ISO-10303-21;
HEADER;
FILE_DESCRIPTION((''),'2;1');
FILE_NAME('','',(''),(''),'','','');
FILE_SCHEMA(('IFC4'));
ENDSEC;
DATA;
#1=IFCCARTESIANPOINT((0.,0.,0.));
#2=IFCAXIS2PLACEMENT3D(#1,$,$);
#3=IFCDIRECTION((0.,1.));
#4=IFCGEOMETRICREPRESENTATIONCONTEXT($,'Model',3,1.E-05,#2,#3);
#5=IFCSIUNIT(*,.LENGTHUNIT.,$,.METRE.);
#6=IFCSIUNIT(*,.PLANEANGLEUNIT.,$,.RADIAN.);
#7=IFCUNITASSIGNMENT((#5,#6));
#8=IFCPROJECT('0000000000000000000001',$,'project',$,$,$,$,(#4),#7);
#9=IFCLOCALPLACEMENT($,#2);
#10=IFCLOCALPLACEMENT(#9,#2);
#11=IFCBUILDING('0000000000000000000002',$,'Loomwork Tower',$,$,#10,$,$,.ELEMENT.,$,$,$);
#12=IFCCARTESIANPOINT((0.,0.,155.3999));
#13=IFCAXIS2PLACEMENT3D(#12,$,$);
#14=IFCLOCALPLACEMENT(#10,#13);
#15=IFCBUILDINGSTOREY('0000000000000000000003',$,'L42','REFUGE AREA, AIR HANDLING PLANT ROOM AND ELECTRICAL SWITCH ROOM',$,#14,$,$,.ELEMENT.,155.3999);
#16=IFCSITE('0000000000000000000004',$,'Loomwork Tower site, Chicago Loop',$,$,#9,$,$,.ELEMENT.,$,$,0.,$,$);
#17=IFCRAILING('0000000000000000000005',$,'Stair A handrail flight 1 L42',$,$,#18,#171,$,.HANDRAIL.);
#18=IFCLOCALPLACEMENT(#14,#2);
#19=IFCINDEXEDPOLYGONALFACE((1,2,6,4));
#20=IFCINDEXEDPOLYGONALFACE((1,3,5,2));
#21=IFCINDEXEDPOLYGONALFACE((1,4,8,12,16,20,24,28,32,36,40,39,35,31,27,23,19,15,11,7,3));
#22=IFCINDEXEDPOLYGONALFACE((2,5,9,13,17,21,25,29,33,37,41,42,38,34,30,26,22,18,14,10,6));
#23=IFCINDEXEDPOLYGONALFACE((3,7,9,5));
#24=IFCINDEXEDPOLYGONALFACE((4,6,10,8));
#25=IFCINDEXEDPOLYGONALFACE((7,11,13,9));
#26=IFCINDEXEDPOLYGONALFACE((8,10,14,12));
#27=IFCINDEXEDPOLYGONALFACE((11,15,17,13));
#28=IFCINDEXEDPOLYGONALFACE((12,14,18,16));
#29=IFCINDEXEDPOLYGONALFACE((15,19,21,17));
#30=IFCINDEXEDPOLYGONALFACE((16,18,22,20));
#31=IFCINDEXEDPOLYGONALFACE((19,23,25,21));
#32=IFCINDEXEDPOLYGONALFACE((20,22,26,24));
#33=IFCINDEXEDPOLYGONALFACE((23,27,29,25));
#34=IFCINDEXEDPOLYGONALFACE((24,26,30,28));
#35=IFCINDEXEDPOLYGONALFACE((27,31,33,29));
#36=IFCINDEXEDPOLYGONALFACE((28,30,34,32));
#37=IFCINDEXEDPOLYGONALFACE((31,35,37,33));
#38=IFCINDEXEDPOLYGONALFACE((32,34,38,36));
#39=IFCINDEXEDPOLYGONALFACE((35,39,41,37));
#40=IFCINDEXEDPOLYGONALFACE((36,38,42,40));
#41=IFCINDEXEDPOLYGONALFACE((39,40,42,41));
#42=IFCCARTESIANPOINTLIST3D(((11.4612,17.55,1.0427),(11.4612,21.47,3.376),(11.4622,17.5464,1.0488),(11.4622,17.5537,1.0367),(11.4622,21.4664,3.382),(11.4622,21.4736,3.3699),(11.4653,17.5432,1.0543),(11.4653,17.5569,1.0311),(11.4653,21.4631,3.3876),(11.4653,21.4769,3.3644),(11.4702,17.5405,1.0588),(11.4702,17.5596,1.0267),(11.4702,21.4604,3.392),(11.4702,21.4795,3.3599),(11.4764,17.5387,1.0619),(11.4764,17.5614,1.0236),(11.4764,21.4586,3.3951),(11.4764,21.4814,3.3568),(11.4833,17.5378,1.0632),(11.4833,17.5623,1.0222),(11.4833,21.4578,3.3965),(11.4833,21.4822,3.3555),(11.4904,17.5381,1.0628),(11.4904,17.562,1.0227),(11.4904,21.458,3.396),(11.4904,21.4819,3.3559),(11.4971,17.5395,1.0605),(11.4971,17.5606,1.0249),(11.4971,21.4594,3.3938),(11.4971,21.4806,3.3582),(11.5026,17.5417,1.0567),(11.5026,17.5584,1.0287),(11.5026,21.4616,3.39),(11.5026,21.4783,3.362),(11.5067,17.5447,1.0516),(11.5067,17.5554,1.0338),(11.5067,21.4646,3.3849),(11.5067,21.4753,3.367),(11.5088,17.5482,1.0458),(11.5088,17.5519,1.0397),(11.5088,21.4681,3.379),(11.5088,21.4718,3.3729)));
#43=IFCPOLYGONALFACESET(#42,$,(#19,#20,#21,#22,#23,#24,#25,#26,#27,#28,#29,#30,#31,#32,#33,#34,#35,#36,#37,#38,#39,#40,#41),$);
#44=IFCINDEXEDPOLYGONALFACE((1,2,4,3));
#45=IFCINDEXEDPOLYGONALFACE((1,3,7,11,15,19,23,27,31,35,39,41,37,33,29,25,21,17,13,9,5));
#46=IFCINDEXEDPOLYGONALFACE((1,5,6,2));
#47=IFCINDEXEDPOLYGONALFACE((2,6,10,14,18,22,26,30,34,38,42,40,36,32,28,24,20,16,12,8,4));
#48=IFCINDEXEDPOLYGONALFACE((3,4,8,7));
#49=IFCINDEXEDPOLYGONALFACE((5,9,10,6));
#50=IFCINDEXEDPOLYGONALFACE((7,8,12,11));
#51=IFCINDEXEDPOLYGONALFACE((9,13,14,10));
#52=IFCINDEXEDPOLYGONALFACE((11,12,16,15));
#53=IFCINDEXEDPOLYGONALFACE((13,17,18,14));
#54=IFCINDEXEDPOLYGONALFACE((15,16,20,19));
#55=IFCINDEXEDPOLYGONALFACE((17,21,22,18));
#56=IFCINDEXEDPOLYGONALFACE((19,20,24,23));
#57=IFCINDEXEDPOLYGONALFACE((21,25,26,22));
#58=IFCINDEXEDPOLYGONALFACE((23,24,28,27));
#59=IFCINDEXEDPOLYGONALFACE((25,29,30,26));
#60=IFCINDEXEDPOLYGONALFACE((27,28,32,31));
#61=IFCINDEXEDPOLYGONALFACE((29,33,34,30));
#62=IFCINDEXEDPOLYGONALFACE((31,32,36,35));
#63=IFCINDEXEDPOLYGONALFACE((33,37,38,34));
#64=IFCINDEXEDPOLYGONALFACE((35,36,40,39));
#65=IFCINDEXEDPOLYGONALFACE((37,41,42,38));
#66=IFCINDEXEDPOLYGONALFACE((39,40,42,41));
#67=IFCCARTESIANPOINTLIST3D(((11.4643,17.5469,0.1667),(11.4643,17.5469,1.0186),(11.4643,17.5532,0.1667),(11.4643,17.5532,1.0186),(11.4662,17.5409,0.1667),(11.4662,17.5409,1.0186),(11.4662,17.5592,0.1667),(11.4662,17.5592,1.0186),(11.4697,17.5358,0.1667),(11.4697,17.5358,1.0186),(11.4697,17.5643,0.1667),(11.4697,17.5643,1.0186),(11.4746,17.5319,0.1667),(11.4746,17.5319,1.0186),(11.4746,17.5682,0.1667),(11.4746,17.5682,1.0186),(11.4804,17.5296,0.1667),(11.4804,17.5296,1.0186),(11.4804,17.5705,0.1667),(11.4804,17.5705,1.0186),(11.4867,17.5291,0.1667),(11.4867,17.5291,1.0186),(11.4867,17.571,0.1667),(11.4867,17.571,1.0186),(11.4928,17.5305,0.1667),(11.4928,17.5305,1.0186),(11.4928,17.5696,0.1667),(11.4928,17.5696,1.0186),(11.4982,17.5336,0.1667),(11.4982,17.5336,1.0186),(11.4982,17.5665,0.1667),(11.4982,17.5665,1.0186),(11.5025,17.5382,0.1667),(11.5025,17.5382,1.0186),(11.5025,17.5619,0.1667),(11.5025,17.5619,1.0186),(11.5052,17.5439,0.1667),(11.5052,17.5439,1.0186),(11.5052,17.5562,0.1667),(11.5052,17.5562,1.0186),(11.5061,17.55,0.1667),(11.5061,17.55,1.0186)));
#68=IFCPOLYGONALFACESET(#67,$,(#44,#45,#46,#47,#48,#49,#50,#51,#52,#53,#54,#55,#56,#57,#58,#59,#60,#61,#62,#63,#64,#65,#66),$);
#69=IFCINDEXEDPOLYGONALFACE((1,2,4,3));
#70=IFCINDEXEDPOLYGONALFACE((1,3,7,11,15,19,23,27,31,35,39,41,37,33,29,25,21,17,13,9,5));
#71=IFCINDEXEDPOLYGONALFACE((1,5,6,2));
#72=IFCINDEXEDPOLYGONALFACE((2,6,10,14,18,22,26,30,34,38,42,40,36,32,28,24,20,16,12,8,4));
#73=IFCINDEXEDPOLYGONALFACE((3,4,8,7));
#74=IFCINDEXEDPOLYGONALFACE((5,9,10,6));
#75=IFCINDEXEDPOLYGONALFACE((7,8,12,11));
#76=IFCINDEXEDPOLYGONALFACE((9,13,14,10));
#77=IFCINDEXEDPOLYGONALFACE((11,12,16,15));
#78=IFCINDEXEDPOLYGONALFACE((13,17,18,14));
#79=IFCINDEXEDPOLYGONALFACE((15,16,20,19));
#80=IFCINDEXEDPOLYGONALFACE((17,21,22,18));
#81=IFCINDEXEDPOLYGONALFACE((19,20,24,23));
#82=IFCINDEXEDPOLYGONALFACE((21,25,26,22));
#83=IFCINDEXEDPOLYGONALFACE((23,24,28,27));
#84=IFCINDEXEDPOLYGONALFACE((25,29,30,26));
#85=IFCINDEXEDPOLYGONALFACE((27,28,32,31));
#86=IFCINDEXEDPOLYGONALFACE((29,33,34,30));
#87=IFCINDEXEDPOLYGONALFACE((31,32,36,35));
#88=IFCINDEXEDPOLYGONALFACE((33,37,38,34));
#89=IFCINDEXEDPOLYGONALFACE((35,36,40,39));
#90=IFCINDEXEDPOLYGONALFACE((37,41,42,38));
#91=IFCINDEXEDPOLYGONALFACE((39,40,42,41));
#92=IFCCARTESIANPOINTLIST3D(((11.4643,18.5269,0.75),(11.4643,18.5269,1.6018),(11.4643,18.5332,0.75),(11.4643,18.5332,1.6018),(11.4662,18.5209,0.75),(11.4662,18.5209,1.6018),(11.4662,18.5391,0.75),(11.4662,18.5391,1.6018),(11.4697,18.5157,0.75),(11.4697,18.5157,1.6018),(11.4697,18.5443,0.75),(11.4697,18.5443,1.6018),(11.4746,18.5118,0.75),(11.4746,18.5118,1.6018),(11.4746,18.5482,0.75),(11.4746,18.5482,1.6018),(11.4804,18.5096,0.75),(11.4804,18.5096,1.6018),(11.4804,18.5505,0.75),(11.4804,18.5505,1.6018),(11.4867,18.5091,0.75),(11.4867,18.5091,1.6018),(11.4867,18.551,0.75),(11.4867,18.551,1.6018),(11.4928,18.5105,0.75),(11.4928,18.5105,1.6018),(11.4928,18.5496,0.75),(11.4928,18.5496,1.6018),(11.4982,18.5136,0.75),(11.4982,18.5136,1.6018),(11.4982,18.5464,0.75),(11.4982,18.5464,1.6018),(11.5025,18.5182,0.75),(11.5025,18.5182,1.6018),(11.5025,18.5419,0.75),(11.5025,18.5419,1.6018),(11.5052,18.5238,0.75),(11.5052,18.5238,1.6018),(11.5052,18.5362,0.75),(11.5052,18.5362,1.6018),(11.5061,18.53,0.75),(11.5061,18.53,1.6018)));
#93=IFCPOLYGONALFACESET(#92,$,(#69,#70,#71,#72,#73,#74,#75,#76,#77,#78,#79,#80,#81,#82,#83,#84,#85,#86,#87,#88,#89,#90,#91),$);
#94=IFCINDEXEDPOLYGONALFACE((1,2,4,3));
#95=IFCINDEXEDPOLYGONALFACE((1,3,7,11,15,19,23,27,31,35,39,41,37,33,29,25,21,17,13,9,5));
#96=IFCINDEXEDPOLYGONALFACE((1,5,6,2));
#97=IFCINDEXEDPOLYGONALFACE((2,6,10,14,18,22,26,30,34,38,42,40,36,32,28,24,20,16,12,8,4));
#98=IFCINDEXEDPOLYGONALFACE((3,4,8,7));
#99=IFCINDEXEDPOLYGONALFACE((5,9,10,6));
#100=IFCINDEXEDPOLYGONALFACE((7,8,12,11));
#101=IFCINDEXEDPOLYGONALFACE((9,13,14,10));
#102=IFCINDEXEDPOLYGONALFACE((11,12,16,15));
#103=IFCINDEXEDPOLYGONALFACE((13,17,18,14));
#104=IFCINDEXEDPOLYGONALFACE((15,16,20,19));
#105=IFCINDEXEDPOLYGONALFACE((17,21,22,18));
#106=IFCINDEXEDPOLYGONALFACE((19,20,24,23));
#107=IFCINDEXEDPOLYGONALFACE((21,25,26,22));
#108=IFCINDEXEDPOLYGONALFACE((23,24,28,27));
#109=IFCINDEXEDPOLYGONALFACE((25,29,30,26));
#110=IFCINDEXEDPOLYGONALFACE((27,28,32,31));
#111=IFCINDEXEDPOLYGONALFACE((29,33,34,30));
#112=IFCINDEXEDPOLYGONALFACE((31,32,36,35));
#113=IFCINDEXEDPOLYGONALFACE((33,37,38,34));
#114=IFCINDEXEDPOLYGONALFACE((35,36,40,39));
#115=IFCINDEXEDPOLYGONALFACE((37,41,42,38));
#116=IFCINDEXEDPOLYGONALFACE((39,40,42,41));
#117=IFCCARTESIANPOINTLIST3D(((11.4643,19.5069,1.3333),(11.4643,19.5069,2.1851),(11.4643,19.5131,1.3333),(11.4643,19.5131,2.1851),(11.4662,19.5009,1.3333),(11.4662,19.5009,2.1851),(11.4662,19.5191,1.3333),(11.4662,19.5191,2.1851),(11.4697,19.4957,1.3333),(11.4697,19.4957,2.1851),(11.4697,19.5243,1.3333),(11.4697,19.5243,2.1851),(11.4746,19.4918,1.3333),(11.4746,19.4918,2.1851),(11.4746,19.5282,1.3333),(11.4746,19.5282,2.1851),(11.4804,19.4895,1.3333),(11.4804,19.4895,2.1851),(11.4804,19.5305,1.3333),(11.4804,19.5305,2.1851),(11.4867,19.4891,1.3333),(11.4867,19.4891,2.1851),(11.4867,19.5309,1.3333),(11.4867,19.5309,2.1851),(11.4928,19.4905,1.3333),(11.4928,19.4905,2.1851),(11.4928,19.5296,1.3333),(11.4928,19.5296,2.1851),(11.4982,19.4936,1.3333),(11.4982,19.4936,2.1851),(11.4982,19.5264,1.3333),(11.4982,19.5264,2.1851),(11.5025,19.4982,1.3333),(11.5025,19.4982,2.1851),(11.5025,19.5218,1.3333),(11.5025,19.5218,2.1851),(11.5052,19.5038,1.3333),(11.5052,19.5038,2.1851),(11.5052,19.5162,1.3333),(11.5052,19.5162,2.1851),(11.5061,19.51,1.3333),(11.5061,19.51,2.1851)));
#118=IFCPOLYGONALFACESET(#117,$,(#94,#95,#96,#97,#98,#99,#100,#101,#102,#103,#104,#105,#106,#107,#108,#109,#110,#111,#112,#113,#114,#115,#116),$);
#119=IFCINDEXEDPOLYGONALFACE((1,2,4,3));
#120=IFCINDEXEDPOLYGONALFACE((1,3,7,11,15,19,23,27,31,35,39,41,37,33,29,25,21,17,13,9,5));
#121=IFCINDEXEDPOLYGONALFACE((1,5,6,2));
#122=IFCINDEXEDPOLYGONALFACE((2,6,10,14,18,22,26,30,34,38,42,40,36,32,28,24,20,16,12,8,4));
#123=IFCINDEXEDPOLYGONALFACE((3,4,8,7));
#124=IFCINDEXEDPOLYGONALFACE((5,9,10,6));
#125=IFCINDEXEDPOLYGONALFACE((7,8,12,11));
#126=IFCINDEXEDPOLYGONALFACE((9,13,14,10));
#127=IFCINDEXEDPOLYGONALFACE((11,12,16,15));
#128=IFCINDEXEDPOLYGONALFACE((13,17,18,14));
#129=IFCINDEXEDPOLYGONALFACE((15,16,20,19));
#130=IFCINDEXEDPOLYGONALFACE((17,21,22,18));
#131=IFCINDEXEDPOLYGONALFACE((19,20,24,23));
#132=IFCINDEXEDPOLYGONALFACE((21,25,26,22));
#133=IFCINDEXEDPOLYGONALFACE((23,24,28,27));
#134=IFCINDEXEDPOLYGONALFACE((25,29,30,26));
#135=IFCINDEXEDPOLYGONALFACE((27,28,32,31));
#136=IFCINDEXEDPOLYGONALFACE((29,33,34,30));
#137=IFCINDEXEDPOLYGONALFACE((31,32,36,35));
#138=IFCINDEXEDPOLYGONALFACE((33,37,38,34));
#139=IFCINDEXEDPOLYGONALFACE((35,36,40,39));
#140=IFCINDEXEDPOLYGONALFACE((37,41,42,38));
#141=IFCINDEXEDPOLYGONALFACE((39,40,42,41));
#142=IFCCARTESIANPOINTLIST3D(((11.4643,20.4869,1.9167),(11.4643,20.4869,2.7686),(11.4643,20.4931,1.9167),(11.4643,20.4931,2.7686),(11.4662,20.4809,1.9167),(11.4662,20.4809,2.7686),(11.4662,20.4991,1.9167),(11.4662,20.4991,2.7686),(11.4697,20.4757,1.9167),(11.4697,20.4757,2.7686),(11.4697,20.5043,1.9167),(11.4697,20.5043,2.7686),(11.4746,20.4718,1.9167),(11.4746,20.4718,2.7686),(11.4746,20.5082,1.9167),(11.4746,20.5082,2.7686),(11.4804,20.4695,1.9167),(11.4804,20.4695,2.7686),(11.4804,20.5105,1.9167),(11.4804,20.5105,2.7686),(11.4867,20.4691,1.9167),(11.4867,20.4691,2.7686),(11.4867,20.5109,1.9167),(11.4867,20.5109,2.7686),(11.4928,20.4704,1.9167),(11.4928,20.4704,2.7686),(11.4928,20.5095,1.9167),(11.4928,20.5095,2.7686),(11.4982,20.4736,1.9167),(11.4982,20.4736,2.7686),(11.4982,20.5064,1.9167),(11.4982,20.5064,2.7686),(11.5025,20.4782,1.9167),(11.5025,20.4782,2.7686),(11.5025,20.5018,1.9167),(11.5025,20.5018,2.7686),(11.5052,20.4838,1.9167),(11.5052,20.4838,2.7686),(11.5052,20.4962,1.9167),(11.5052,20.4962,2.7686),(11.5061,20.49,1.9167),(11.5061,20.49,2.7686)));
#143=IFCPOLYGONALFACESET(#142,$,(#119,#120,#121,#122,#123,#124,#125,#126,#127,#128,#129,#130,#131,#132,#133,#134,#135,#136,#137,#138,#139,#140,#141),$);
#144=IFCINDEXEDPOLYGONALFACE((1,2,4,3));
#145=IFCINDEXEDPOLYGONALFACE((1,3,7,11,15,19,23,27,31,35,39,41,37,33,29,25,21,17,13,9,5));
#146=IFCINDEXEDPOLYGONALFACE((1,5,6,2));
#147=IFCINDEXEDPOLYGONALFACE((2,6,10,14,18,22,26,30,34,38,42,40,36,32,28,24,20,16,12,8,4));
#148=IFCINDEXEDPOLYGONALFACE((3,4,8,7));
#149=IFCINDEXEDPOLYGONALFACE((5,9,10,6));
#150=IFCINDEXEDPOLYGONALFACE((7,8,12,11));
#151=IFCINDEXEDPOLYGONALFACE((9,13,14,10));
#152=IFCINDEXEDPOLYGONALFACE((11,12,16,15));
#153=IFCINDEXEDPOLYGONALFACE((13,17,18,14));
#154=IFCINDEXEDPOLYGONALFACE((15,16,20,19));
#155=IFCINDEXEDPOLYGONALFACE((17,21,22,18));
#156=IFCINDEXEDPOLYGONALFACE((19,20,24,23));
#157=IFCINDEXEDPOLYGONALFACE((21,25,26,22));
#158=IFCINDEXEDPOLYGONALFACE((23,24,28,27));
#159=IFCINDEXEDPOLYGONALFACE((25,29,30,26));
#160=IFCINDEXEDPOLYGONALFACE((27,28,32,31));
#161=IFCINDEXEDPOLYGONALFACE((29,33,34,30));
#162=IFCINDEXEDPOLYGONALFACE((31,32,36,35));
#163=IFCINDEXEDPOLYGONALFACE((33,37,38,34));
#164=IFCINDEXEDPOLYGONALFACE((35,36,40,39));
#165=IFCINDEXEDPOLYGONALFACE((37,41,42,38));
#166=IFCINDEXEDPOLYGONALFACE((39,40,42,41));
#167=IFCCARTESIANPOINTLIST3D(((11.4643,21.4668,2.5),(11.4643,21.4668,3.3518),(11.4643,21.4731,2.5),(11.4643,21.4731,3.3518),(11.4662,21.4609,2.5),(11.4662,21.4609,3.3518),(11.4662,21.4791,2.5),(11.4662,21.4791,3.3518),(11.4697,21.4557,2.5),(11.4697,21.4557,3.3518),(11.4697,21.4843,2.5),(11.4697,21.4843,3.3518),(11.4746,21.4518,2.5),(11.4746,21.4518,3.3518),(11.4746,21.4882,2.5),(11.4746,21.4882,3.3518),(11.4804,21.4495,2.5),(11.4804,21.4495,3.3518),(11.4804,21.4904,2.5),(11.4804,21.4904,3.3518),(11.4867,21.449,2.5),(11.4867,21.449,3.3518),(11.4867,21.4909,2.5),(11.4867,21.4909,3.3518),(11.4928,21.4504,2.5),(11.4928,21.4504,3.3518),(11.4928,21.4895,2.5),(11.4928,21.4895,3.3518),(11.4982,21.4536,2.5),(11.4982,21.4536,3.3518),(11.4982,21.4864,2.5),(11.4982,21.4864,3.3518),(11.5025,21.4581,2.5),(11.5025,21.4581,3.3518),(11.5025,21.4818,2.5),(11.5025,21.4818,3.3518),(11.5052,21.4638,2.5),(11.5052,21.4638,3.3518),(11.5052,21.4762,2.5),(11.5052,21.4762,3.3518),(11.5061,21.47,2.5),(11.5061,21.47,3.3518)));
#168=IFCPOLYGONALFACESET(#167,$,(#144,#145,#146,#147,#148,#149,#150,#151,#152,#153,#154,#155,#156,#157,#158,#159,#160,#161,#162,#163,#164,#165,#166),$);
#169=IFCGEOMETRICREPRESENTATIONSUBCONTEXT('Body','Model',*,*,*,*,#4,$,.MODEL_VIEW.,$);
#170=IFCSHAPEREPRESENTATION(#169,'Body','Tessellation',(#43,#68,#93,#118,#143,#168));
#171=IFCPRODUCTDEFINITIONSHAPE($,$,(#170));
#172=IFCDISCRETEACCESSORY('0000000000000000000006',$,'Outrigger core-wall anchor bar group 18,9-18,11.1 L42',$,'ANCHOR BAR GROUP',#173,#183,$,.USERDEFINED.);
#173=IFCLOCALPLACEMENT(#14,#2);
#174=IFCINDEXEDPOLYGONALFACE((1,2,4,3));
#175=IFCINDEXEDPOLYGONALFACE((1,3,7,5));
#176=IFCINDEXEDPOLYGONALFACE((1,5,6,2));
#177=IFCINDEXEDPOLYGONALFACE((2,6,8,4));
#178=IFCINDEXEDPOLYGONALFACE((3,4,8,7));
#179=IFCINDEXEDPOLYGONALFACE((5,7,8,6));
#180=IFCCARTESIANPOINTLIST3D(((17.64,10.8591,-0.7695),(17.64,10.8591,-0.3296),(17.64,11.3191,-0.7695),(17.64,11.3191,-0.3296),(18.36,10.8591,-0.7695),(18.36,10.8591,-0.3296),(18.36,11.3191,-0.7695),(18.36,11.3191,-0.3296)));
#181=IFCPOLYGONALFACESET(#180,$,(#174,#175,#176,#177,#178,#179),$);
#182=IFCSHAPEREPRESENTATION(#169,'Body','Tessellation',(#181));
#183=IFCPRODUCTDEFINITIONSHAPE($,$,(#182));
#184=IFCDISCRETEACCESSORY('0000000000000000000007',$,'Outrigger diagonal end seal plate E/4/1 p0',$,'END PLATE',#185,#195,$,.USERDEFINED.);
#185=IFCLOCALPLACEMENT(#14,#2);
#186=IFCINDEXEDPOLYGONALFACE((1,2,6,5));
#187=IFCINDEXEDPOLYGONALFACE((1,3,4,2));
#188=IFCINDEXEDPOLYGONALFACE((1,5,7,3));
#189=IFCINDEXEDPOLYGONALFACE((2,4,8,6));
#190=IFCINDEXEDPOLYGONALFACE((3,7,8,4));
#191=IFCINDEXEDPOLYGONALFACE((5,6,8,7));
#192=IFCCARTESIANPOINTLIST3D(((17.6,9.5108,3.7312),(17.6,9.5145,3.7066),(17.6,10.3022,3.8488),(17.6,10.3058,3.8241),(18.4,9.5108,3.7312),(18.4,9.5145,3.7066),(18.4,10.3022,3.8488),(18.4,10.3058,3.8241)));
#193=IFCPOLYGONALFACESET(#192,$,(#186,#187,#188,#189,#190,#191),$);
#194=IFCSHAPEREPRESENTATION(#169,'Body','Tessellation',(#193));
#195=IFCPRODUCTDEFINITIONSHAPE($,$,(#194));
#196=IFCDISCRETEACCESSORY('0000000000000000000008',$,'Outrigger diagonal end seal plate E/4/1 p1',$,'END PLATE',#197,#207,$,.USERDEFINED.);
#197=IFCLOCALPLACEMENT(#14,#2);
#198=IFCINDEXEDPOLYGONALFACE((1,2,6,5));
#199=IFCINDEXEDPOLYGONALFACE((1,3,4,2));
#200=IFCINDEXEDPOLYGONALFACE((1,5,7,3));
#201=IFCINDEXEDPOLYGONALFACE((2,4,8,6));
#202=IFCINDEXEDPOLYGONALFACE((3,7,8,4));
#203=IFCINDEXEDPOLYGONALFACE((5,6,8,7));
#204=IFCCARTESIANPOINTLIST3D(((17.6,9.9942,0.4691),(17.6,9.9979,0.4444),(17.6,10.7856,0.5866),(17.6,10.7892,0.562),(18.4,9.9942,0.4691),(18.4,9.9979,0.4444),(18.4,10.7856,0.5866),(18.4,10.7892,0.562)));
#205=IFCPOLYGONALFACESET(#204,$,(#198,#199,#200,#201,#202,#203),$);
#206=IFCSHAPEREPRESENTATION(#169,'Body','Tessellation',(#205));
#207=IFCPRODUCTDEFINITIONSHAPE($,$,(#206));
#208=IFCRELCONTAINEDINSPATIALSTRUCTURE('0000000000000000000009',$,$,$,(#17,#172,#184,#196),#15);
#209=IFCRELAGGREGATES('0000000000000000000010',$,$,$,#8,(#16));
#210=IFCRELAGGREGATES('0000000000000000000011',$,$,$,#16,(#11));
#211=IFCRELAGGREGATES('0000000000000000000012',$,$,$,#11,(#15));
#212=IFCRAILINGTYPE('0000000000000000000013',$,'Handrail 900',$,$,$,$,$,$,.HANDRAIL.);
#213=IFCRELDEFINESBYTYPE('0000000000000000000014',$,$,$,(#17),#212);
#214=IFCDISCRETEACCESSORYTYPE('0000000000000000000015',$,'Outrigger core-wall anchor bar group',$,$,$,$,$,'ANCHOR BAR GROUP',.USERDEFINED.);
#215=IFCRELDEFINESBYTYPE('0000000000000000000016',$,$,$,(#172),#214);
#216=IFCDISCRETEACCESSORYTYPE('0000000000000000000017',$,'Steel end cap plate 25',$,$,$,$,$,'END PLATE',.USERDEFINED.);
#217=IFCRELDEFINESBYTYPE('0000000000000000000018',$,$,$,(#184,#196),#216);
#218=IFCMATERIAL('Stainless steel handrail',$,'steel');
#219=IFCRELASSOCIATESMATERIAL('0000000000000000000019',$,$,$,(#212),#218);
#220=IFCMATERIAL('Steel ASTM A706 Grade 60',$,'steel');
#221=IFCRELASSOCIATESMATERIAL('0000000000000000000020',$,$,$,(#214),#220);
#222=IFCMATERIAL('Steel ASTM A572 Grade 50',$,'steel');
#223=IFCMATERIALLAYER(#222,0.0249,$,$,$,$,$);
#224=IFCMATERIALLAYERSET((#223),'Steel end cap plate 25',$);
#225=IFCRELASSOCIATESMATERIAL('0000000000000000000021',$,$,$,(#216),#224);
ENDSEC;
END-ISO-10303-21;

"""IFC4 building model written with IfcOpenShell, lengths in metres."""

from ifc_helpers import new_model, si_unit, direction, frame, origin, origin_2d, place, context, subcontext, project, spatial, rectangle, circle, extrude, material, layer, layer_set, type_object, element, save


model = new_model("IFC4")

# Units and contexts
model_context = context("Model", 3, precision=1e-05, world=origin(), true_north=direction((0.0, 1.0)))
body_context = subcontext(model_context, "Body", "Model", "MODEL_VIEW")
ifc_project = project(units=[si_unit("LENGTHUNIT", "METRE"), si_unit("PLANEANGLEUNIT", "RADIAN")], contexts=[model_context])

# Site, building, storey
site_placement = place(None, origin())
site = spatial("IfcSite", under=ifc_project, at=site_placement, Name="Loomwork Tower site, Chicago Loop", CompositionType="ELEMENT", RefElevation=0.0)
building_placement = place(site_placement, origin())
building = spatial("IfcBuilding", under=site, at=building_placement, Name="Loomwork Tower", CompositionType="ELEMENT")
storey_placement = place(building_placement, frame((0.0, 0.0, 155.3999)))
storey = spatial("IfcBuildingStorey", under=building, at=storey_placement, Name="L42", Description="REFUGE AREA, AIR HANDLING PLANT ROOM AND ELECTRICAL SWITCH ROOM", CompositionType="ELEMENT", Elevation=155.3999)

# Railing
ifc_material_1 = material(Name="Stainless steel handrail", Category="steel")
railing_type = type_object("IfcRailingType", Name="Handrail 900", PredefinedType="HANDRAIL", material=ifc_material_1)
railing_placement = place(storey_placement, frame((11.4851, 17.55, 0.1667)))
element("IfcRailing", 1, at=railing_placement, inside=storey, type_object=railing_type, Name="Stair A handrail flight 1 L42", PredefinedType="HANDRAIL", context=body_context, shape_type="SweptSolid", body=[
    extrude(circle(Radius=0.0239, at=origin_2d()), frame((0.0, 0.0, 0.876), z_axis=(0.0, 0.859296, 0.511478), x_axis=(-1.0, 0.0, 0.0)), (0.0, 0.0, 1.0), 4.5618),
    extrude(circle(Radius=0.021, at=origin_2d()), origin(), (0.0, 0.0, 1.0), 0.8518),
    extrude(circle(Radius=0.021, at=origin_2d()), frame((0.0, 0.98, 0.5833)), (0.0, 0.0, 1.0), 0.8518),
    extrude(circle(Radius=0.021, at=origin_2d()), frame((0.0, 1.96, 1.1665)), (0.0, 0.0, 1.0), 0.8518),
    extrude(circle(Radius=0.021, at=origin_2d()), frame((0.0, 2.9399, 1.75)), (0.0, 0.0, 1.0), 0.8518),
    extrude(circle(Radius=0.021, at=origin_2d()), frame((0.0, 3.9199, 2.3333)), (0.0, 0.0, 1.0), 0.8518),
])

# Discrete accessories
ifc_material_2 = material(Name="Steel ASTM A706 Grade 60", Category="steel")
discrete_accessory_type_1 = type_object("IfcDiscreteAccessoryType", Name="Outrigger core-wall anchor bar group", ElementType="ANCHOR BAR GROUP", PredefinedType="USERDEFINED", material=ifc_material_2)
discrete_accessory_placement = place(storey_placement, frame((18.0, 11.0891, -0.7695), z_axis=(0.0, 0.0, 1.0), x_axis=(1.0, 0.0, 0.0)))
element("IfcDiscreteAccessory", 2, at=discrete_accessory_placement, inside=storey, type_object=discrete_accessory_type_1, Name="Outrigger core-wall anchor bar group 18,9-18,11.1 L42", ObjectType="ANCHOR BAR GROUP", PredefinedType="USERDEFINED", context=body_context, shape_type="SweptSolid", body=[
    extrude(rectangle(XDim=0.72, YDim=0.46, at=origin_2d()), origin(), (0.0, 0.0, 1.0), 0.4399),
])
ifc_material_3 = material(Name="Steel ASTM A572 Grade 50", Category="steel")
ifc_layer_1 = layer(ifc_material_3, 0.0249)
ifc_layer_set_1 = layer_set([ifc_layer_1], Name="Steel end cap plate 25")
discrete_accessory_type_2 = type_object("IfcDiscreteAccessoryType", Name="Steel end cap plate 25", ElementType="END PLATE", PredefinedType="USERDEFINED", material=ifc_layer_set_1)
for number, where, z_axis, x_axis, name in (
    (3, (18.0, 9.9102, 3.7654), (0.0, -0.146904, 0.989151), (1.0, 0.0, 0.0), "Outrigger diagonal end seal plate E/4/1 p0"),
    (4, (18.0, 10.3899, 0.5278), (0.0, 0.146904, -0.989151), (-1.0, 0.0, 0.0), "Outrigger diagonal end seal plate E/4/1 p1"),
):
    element("IfcDiscreteAccessory", number, at=place(storey_placement, frame(where, z_axis=z_axis, x_axis=x_axis)), inside=storey, type_object=discrete_accessory_type_2, Name=name, ObjectType="END PLATE", PredefinedType="USERDEFINED", context=body_context, shape_type="SweptSolid", body=[
        extrude(rectangle(XDim=0.8, YDim=0.8, at=origin_2d()), origin(), (0.0, 0.0, 1.0), 0.0249),
    ])

save(model, "model.ifc")
